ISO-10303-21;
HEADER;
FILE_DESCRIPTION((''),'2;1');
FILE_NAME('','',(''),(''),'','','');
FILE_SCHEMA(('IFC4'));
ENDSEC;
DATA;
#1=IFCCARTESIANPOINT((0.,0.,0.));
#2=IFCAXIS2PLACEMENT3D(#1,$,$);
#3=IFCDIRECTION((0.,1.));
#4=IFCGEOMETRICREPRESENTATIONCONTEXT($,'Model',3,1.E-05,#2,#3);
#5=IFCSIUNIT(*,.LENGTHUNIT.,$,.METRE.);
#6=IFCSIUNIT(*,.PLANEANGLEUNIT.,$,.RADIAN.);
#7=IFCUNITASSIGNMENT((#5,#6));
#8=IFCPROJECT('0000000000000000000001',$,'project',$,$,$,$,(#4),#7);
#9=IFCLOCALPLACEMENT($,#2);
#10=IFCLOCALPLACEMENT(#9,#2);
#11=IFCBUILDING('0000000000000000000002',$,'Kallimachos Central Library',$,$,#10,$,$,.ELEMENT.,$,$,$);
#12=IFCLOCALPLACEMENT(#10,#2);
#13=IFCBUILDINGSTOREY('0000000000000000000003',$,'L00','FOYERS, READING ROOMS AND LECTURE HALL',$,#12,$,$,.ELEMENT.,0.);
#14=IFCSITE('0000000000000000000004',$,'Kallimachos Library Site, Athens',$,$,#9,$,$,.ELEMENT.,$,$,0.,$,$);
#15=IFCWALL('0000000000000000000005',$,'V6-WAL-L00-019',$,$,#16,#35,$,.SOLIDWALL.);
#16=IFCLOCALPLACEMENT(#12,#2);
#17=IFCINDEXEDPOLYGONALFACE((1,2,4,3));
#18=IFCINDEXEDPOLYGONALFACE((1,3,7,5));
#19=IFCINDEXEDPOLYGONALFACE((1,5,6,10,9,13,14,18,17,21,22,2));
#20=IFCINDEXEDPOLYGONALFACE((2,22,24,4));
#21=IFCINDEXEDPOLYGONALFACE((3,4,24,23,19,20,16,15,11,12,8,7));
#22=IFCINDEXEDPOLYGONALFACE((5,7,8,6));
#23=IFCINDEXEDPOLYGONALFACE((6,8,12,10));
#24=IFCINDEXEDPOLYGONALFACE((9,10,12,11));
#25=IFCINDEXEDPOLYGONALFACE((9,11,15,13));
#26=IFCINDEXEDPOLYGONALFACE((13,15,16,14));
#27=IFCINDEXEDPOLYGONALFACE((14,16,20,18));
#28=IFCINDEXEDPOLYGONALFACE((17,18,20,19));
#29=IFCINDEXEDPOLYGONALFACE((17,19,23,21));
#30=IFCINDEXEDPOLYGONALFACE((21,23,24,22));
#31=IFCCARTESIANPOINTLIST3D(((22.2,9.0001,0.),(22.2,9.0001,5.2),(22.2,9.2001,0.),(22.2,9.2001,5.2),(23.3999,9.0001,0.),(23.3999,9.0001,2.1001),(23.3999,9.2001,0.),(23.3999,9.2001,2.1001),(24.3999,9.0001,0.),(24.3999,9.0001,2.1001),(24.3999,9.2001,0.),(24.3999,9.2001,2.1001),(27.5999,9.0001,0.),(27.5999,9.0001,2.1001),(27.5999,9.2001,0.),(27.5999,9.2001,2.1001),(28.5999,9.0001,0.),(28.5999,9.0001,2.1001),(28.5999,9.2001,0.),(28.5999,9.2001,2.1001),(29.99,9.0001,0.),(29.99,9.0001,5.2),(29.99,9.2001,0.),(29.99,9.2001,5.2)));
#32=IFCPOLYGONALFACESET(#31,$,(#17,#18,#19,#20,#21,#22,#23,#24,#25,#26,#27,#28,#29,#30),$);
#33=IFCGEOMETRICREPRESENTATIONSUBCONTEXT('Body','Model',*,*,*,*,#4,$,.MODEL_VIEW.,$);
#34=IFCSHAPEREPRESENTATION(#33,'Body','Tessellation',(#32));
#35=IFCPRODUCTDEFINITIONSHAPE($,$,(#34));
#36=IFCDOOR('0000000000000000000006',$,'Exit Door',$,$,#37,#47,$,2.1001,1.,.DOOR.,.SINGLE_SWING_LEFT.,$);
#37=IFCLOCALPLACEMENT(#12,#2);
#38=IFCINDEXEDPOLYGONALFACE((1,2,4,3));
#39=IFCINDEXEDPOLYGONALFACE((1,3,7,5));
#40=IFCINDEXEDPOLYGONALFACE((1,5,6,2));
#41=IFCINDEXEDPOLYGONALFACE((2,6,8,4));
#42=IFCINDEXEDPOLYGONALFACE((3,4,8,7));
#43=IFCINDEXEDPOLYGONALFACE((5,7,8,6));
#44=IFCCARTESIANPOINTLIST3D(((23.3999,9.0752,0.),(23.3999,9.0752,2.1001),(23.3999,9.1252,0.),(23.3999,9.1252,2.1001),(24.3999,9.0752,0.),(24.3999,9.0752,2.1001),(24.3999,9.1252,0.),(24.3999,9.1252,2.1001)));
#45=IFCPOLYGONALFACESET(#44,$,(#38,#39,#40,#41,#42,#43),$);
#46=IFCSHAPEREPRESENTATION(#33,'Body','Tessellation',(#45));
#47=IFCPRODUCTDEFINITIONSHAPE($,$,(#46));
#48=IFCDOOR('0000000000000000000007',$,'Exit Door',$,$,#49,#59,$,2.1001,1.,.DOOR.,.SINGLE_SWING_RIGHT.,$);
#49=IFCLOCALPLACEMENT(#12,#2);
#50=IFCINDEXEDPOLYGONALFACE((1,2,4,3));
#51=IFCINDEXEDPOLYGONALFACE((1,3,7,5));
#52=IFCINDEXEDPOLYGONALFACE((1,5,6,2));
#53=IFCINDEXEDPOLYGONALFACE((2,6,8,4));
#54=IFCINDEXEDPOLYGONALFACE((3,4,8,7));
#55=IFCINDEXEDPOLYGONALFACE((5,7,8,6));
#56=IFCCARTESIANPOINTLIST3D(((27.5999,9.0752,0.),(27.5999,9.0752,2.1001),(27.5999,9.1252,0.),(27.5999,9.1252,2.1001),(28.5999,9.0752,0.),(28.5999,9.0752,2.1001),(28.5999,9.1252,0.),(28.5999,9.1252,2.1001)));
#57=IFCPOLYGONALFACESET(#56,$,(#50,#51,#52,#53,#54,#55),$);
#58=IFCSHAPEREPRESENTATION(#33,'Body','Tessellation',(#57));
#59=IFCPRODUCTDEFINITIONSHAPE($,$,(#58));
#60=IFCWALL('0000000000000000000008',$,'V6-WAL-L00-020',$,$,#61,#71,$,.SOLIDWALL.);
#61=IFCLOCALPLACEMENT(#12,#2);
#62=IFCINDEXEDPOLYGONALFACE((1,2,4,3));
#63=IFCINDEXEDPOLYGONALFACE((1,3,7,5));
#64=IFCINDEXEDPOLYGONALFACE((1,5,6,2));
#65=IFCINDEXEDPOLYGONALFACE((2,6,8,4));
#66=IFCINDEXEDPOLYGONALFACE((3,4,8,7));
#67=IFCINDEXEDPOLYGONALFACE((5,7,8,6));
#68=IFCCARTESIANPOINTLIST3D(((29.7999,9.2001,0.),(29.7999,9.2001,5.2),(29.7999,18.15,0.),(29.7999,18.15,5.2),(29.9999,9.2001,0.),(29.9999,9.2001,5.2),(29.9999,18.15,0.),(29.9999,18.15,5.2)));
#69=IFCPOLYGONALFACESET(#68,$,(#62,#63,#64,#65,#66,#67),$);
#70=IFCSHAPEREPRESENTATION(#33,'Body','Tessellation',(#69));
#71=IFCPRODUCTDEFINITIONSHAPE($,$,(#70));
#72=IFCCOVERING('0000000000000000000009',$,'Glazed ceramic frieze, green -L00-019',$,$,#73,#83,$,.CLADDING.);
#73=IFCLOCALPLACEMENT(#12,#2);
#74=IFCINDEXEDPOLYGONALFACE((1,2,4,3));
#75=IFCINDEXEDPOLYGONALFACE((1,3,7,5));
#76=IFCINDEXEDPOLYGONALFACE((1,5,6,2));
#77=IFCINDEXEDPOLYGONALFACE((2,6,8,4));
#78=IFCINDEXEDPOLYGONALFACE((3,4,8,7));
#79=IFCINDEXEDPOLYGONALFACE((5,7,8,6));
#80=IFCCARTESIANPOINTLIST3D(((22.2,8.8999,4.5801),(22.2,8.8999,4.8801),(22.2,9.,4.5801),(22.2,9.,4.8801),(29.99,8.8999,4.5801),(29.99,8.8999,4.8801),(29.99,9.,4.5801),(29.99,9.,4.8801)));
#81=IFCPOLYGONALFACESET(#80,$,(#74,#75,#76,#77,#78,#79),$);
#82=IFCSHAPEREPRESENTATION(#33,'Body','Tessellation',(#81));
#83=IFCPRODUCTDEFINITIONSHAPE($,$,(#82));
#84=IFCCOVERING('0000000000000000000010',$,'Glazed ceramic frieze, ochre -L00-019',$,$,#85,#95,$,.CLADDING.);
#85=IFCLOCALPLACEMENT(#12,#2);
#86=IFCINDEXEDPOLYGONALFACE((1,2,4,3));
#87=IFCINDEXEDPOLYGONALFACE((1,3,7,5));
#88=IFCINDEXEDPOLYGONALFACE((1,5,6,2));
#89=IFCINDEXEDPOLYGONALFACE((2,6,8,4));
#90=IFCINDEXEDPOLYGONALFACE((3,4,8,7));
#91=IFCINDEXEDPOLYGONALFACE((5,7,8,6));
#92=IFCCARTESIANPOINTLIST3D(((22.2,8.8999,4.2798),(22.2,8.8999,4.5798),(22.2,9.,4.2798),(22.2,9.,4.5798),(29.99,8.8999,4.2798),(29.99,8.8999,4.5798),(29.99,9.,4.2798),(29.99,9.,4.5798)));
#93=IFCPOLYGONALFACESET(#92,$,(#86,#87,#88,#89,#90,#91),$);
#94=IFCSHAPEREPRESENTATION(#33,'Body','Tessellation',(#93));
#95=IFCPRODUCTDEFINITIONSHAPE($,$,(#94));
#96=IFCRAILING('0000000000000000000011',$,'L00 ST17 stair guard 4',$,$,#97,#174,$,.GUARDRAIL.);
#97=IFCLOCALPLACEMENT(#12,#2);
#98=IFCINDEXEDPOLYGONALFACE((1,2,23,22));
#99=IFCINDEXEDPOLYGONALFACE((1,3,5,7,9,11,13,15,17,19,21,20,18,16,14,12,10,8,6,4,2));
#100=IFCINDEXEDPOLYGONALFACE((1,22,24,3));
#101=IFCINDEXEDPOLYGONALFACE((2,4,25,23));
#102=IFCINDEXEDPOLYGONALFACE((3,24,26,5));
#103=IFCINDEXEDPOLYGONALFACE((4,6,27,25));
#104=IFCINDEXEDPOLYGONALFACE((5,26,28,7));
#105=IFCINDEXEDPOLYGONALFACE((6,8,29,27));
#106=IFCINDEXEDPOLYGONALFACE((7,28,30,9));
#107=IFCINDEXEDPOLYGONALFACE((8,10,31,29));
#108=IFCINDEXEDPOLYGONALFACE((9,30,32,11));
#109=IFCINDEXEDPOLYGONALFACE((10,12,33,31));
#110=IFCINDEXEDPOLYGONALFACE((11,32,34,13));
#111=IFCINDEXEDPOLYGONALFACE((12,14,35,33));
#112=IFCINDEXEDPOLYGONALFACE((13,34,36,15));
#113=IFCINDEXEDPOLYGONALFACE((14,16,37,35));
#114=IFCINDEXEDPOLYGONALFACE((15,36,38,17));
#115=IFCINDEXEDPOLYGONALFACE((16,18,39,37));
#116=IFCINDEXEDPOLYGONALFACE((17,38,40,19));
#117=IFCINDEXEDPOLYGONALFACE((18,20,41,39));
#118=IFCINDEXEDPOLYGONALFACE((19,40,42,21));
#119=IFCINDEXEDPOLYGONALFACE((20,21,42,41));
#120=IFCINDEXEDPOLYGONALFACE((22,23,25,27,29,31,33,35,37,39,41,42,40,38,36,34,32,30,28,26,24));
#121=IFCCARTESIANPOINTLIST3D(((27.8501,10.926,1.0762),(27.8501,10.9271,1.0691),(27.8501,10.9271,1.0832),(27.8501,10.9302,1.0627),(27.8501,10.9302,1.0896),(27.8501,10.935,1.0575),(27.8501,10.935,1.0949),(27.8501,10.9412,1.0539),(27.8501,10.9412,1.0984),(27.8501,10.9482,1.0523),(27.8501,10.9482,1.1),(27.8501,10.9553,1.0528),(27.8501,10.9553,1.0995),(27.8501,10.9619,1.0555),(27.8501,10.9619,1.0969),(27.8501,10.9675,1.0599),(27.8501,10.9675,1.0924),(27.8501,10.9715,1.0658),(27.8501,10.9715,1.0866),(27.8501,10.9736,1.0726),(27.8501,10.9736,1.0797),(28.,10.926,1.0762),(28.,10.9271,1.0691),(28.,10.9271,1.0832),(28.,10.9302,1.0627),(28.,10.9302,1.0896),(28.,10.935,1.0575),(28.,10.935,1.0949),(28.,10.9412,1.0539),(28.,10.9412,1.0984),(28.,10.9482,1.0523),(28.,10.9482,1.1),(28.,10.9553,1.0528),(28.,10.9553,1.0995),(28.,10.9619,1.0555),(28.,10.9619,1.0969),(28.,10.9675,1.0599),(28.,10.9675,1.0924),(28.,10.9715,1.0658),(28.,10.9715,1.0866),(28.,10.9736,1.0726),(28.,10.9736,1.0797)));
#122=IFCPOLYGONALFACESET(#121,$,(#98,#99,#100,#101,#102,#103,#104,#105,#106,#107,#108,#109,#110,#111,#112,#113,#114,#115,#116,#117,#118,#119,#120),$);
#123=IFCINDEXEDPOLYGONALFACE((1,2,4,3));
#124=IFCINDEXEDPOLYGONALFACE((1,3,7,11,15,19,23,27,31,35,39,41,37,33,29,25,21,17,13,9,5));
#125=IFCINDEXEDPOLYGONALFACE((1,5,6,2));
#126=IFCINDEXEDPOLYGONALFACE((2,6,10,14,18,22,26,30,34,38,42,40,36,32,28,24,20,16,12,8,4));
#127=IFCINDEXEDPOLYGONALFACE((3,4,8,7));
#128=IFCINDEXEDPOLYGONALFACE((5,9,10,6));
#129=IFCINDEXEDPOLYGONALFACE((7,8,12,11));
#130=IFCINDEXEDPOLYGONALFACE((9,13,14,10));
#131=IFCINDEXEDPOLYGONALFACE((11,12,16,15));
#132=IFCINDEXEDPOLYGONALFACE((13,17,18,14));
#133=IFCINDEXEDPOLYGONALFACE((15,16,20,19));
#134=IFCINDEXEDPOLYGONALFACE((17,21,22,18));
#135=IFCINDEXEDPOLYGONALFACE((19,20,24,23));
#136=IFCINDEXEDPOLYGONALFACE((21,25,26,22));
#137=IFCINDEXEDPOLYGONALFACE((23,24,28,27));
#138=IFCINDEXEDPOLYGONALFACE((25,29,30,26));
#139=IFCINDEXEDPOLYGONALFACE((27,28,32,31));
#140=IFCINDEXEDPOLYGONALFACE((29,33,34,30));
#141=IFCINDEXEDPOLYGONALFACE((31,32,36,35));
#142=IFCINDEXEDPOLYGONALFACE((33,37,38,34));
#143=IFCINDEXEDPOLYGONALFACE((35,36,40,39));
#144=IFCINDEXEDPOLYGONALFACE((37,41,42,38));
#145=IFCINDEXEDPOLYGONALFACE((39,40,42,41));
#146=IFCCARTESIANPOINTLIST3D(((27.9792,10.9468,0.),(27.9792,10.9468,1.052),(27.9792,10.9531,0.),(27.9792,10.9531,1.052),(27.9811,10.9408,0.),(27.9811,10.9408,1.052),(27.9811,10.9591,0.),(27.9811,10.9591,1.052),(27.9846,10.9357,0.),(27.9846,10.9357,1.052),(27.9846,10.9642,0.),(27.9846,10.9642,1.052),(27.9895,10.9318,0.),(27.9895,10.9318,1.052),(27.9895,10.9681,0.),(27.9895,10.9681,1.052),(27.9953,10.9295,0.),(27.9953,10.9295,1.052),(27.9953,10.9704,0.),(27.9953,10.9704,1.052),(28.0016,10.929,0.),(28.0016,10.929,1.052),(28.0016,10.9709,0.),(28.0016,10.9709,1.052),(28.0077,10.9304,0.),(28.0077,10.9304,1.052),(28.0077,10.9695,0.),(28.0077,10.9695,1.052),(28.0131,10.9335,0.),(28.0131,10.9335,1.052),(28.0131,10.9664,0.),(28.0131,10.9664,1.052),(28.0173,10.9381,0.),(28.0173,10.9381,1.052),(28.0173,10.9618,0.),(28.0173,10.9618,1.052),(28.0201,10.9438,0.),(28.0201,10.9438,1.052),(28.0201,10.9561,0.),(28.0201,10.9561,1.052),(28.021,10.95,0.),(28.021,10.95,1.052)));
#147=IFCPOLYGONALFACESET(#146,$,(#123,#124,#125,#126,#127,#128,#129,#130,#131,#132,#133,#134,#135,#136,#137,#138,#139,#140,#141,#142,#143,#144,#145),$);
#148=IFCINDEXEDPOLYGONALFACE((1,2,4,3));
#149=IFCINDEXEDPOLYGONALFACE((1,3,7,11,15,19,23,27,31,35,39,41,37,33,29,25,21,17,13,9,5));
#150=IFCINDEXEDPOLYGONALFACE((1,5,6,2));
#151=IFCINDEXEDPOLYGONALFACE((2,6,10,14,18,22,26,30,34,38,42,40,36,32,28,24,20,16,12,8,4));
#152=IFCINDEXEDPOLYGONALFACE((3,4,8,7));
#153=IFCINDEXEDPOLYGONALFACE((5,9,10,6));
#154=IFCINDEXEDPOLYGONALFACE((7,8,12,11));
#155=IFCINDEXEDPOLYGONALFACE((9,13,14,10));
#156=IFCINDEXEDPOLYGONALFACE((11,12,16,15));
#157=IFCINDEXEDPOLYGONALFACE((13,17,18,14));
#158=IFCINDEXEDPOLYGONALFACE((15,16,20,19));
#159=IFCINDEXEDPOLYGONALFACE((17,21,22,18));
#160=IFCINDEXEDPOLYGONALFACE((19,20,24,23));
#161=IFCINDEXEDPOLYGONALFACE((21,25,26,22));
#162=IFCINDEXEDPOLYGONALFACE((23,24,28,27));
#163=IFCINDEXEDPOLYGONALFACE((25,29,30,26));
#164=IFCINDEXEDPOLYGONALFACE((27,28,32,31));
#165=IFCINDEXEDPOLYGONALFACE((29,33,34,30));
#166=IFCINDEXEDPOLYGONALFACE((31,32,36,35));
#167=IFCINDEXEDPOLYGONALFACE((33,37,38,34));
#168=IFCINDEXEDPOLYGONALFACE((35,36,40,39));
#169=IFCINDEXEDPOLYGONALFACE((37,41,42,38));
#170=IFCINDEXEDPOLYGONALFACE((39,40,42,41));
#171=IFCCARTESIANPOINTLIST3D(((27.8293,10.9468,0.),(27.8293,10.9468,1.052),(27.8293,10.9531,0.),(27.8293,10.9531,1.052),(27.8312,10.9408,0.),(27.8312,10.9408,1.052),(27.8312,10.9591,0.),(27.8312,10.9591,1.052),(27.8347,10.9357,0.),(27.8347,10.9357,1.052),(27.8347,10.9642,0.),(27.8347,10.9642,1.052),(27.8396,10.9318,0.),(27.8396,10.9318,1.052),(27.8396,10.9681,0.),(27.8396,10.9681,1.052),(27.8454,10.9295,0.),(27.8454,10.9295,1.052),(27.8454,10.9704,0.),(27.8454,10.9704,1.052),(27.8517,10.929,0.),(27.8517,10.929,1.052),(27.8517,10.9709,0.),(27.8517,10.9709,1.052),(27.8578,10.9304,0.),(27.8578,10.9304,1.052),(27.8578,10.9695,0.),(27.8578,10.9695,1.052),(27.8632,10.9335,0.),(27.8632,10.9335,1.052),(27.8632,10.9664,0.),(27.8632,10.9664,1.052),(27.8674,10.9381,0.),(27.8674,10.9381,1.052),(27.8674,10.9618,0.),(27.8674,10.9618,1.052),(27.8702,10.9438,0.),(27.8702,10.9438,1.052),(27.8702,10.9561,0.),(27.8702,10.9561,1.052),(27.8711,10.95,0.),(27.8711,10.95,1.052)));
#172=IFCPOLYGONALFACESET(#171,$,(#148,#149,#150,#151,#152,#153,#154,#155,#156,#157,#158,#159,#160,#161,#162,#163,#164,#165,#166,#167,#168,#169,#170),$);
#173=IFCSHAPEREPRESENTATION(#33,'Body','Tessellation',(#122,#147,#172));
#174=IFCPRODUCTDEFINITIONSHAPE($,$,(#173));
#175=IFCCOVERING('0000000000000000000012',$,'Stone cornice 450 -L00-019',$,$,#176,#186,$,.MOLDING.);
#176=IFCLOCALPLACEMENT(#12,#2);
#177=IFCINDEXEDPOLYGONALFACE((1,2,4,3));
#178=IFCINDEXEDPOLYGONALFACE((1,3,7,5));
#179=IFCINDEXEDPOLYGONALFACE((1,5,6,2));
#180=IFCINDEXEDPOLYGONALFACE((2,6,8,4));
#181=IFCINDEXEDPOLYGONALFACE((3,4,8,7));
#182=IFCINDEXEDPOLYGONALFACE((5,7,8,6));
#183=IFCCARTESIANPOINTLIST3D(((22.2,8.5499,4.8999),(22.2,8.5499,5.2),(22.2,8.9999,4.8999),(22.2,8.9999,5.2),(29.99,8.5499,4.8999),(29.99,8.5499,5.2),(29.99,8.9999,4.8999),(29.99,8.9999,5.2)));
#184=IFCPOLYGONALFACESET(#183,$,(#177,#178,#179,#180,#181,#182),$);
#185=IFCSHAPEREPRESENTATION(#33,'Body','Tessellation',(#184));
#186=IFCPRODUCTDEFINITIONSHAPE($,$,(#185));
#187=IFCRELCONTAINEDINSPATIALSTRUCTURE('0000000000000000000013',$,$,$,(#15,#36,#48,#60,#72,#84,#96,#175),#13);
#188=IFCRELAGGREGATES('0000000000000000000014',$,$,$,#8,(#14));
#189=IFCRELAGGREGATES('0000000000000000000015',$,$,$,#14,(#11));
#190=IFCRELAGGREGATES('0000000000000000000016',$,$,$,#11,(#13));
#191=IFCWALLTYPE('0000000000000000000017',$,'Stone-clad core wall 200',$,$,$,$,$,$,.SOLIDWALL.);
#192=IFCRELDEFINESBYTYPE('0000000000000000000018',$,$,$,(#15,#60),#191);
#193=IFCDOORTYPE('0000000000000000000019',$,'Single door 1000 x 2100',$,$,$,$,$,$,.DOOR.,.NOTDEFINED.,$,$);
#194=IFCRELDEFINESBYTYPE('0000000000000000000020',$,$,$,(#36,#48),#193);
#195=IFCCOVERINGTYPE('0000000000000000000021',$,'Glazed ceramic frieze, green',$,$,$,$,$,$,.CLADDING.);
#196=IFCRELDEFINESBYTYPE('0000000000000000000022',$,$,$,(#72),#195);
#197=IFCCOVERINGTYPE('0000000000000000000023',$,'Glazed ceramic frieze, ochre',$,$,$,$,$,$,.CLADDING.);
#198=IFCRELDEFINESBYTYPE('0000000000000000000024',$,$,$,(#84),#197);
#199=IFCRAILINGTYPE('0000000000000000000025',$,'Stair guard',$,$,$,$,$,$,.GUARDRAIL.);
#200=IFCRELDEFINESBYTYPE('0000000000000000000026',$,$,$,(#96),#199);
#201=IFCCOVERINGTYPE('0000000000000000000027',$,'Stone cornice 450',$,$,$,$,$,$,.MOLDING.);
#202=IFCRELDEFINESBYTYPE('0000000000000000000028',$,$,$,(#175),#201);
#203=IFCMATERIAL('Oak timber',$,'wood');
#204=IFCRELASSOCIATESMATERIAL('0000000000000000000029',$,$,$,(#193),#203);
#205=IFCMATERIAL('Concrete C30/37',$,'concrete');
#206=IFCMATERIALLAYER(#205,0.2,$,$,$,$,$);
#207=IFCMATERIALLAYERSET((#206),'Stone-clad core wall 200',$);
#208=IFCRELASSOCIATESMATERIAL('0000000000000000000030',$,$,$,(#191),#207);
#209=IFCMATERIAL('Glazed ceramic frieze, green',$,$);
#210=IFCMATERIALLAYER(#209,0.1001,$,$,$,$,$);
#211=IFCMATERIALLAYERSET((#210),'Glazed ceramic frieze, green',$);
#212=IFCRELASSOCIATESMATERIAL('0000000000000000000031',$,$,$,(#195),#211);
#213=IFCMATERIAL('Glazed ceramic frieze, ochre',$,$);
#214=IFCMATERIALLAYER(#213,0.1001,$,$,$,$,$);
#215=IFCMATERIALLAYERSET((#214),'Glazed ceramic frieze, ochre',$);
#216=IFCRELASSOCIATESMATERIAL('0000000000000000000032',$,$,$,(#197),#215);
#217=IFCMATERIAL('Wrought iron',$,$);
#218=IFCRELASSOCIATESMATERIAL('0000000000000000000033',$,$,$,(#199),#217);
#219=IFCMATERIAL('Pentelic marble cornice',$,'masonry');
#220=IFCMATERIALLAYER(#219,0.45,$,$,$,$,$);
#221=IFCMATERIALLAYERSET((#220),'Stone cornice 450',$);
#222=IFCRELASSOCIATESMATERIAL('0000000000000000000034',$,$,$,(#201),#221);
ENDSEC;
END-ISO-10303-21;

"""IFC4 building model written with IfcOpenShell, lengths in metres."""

from ifc_helpers import new_model, si_unit, direction, frame, frame_2d, origin, origin_2d, place, context, subcontext, project, spatial, rectangle, circle, extrude, material, layer, layer_set, type_object, element, fill, save


model = new_model("IFC4")

# Units and contexts
model_context = context("Model", 3, precision=1e-05, world=origin(), true_north=direction((0.0, 1.0)))
body_context = subcontext(model_context, "Body", "Model", "MODEL_VIEW")
ifc_project = project(units=[si_unit("LENGTHUNIT", "METRE"), si_unit("PLANEANGLEUNIT", "RADIAN")], contexts=[model_context])

# Site, building, storey
site_placement = place(None, origin())
site = spatial("IfcSite", under=ifc_project, at=site_placement, Name="Kallimachos Library Site, Athens", CompositionType="ELEMENT", RefElevation=0.0)
building_placement = place(site_placement, origin())
building = spatial("IfcBuilding", under=site, at=building_placement, Name="Kallimachos Central Library", CompositionType="ELEMENT")
storey_placement = place(building_placement, origin())
storey = spatial("IfcBuildingStorey", under=building, at=storey_placement, Name="L00", Description="FOYERS, READING ROOMS AND LECTURE HALL", CompositionType="ELEMENT", Elevation=0.0)

# Shared definitions
ifc_material_1 = material(Name="Oak timber", Category="wood")
door_type = type_object("IfcDoorType", Name="Single door 1000 x 2100", OperationType="NOTDEFINED", PredefinedType="DOOR", material=ifc_material_1)

# Wall, openings, doors
ifc_material_2 = material(Name="Concrete C30/37", Category="concrete")
ifc_layer_1 = layer(ifc_material_2, 0.2)
ifc_layer_set_1 = layer_set([ifc_layer_1], Name="Stone-clad core wall 200")
wall_type_1 = type_object("IfcWallType", Name="Stone-clad core wall 200", PredefinedType="SOLIDWALL", material=ifc_layer_set_1)
wall_1_placement = place(storey_placement, frame((22.2, 9.1001, 0.0), z_axis=(0.0, 0.0, 1.0), x_axis=(1.0, 0.0, 0.0)))
wall_1 = element("IfcWall", 1, at=wall_1_placement, inside=storey, type_object=wall_type_1, Name="V6-WAL-L00-019", PredefinedType="SOLIDWALL", context=body_context, shape_type="SweptSolid", body=[
    extrude(rectangle(XDim=7.79, YDim=0.2, at=frame_2d((3.895, 0.0))), origin(), (0.0, 0.0, 1.0), 5.2),
])
opening_1_placement = place(wall_1_placement, frame((1.2, 0.0, 0.0)))
opening_1 = element("IfcOpeningElement", 2, at=opening_1_placement, cuts=wall_1, PredefinedType="OPENING", context=body_context, shape_type="SweptSolid", body=[
    extrude(rectangle(XDim=1.0, YDim=2.1001, at=frame_2d((0.5, 1.05))), frame((0.0, 0.1099, 0.0), z_axis=(0.0, -1.0, 0.0), x_axis=(1.0, 0.0, 0.0)), (0.0, 0.0, 1.0), 0.22),
])
opening_2_placement = place(wall_1_placement, frame((5.3999, 0.0, 0.0)))
opening_2 = element("IfcOpeningElement", 3, at=opening_2_placement, cuts=wall_1, PredefinedType="OPENING", context=body_context, shape_type="SweptSolid", body=[
    extrude(rectangle(XDim=1.0, YDim=2.1001, at=frame_2d((0.5, 1.05))), frame((0.0, 0.1099, 0.0), z_axis=(0.0, -1.0, 0.0), x_axis=(1.0, 0.0, 0.0)), (0.0, 0.0, 1.0), 0.22),
])
door_1_placement = place(opening_1_placement, frame((1.0, 0.0, 0.0), z_axis=(0.0, 0.0, 1.0), x_axis=(-1.0, 0.0, 0.0)))
door_1 = element("IfcDoor", 4, at=door_1_placement, inside=storey, type_object=door_type, Name="Exit Door", OperationType="SINGLE_SWING_LEFT", OverallHeight=2.1001, OverallWidth=1.0, PredefinedType="DOOR", context=body_context, shape_type="SweptSolid", body=[
    extrude(rectangle(XDim=1.0, YDim=2.1001, at=frame_2d((0.5, 1.05))), frame((0.0, 0.0249, 0.0), z_axis=(0.0, -1.0, 0.0), x_axis=(1.0, 0.0, 0.0)), (0.0, 0.0, 1.0), 0.05),
])
fill(opening_1, door_1)
door_2_placement = place(opening_2_placement, frame((1.0, 0.0, 0.0), z_axis=(0.0, 0.0, 1.0), x_axis=(-1.0, 0.0, 0.0)))
door_2 = element("IfcDoor", 5, at=door_2_placement, inside=storey, type_object=door_type, Name="Exit Door", OperationType="SINGLE_SWING_RIGHT", OverallHeight=2.1001, OverallWidth=1.0, PredefinedType="DOOR", context=body_context, shape_type="SweptSolid", body=[
    extrude(rectangle(XDim=1.0, YDim=2.1001, at=frame_2d((0.5, 1.05))), frame((0.0, 0.0249, 0.0), z_axis=(0.0, -1.0, 0.0), x_axis=(1.0, 0.0, 0.0)), (0.0, 0.0, 1.0), 0.05),
])
fill(opening_2, door_2)

# Wall
wall_2_placement = place(storey_placement, frame((29.8999, 9.2, 0.0), z_axis=(0.0, 0.0, 1.0), x_axis=(0.0, 1.0, 0.0)))
element("IfcWall", 6, at=wall_2_placement, inside=storey, type_object=wall_type_1, Name="V6-WAL-L00-020", PredefinedType="SOLIDWALL", context=body_context, shape_type="SweptSolid", body=[
    extrude(rectangle(XDim=8.95, YDim=0.2, at=frame_2d((4.4751, 0.0))), origin(), (0.0, 0.0, 1.0), 5.2),
])

# Coverings
ifc_material_3 = material(Name="Glazed ceramic frieze, green")
ifc_layer_2 = layer(ifc_material_3, 0.1001)
ifc_layer_set_2 = layer_set([ifc_layer_2], Name="Glazed ceramic frieze, green")
covering_type_1 = type_object("IfcCoveringType", Name="Glazed ceramic frieze, green", PredefinedType="CLADDING", material=ifc_layer_set_2)
covering_1_placement = place(storey_placement, frame((26.095, 8.95, 4.5801), z_axis=(0.0, 0.0, 1.0), x_axis=(1.0, 0.0, 0.0)))
element("IfcCovering", 7, at=covering_1_placement, inside=storey, type_object=covering_type_1, Name="Glazed ceramic frieze, green -L00-019", PredefinedType="CLADDING", context=body_context, shape_type="SweptSolid", body=[
    extrude(rectangle(XDim=7.79, YDim=0.1001, at=origin_2d()), origin(), (0.0, 0.0, 1.0), 0.3),
])
ifc_material_4 = material(Name="Glazed ceramic frieze, ochre")
ifc_layer_3 = layer(ifc_material_4, 0.1001)
ifc_layer_set_3 = layer_set([ifc_layer_3], Name="Glazed ceramic frieze, ochre")
covering_type_2 = type_object("IfcCoveringType", Name="Glazed ceramic frieze, ochre", PredefinedType="CLADDING", material=ifc_layer_set_3)
covering_2_placement = place(storey_placement, frame((26.095, 8.95, 4.2798), z_axis=(0.0, 0.0, 1.0), x_axis=(1.0, 0.0, 0.0)))
element("IfcCovering", 8, at=covering_2_placement, inside=storey, type_object=covering_type_2, Name="Glazed ceramic frieze, ochre -L00-019", PredefinedType="CLADDING", context=body_context, shape_type="SweptSolid", body=[
    extrude(rectangle(XDim=7.79, YDim=0.1001, at=origin_2d()), origin(), (0.0, 0.0, 1.0), 0.3),
])

# Railing
ifc_material_5 = material(Name="Wrought iron")
railing_type = type_object("IfcRailingType", Name="Stair guard", PredefinedType="GUARDRAIL", material=ifc_material_5)
railing_placement = place(storey_placement, frame((28.0, 10.95, 0.0)))
element("IfcRailing", 9, at=railing_placement, inside=storey, type_object=railing_type, Name="L00 ST17 stair guard 4", PredefinedType="GUARDRAIL", context=body_context, shape_type="SweptSolid", body=[
    extrude(circle(Radius=0.0239, at=origin_2d()), frame((0.0, 0.0, 1.0762), z_axis=(-1.0, 0.0, 0.0), x_axis=(0.0, -1.0, 0.0)), (0.0, 0.0, 1.0), 0.1499),
    extrude(circle(Radius=0.021, at=origin_2d()), origin(), (0.0, 0.0, 1.0), 1.052),
    extrude(circle(Radius=0.021, at=origin_2d()), frame((-0.1499, 0.0, 0.0)), (0.0, 0.0, 1.0), 1.052),
])

# Covering
ifc_material_6 = material(Name="Pentelic marble cornice", Category="masonry")
ifc_layer_4 = layer(ifc_material_6, 0.45)
ifc_layer_set_4 = layer_set([ifc_layer_4], Name="Stone cornice 450")
covering_type_3 = type_object("IfcCoveringType", Name="Stone cornice 450", PredefinedType="MOLDING", material=ifc_layer_set_4)
covering_3_placement = place(storey_placement, frame((26.095, 8.7749, 4.8999), z_axis=(0.0, 0.0, 1.0), x_axis=(1.0, 0.0, 0.0)))
element("IfcCovering", 10, at=covering_3_placement, inside=storey, type_object=covering_type_3, Name="Stone cornice 450 -L00-019", PredefinedType="MOLDING", context=body_context, shape_type="SweptSolid", body=[
    extrude(rectangle(XDim=7.79, YDim=0.45, at=origin_2d()), origin(), (0.0, 0.0, 1.0), 0.3),
])

save(model, "model.ifc")
